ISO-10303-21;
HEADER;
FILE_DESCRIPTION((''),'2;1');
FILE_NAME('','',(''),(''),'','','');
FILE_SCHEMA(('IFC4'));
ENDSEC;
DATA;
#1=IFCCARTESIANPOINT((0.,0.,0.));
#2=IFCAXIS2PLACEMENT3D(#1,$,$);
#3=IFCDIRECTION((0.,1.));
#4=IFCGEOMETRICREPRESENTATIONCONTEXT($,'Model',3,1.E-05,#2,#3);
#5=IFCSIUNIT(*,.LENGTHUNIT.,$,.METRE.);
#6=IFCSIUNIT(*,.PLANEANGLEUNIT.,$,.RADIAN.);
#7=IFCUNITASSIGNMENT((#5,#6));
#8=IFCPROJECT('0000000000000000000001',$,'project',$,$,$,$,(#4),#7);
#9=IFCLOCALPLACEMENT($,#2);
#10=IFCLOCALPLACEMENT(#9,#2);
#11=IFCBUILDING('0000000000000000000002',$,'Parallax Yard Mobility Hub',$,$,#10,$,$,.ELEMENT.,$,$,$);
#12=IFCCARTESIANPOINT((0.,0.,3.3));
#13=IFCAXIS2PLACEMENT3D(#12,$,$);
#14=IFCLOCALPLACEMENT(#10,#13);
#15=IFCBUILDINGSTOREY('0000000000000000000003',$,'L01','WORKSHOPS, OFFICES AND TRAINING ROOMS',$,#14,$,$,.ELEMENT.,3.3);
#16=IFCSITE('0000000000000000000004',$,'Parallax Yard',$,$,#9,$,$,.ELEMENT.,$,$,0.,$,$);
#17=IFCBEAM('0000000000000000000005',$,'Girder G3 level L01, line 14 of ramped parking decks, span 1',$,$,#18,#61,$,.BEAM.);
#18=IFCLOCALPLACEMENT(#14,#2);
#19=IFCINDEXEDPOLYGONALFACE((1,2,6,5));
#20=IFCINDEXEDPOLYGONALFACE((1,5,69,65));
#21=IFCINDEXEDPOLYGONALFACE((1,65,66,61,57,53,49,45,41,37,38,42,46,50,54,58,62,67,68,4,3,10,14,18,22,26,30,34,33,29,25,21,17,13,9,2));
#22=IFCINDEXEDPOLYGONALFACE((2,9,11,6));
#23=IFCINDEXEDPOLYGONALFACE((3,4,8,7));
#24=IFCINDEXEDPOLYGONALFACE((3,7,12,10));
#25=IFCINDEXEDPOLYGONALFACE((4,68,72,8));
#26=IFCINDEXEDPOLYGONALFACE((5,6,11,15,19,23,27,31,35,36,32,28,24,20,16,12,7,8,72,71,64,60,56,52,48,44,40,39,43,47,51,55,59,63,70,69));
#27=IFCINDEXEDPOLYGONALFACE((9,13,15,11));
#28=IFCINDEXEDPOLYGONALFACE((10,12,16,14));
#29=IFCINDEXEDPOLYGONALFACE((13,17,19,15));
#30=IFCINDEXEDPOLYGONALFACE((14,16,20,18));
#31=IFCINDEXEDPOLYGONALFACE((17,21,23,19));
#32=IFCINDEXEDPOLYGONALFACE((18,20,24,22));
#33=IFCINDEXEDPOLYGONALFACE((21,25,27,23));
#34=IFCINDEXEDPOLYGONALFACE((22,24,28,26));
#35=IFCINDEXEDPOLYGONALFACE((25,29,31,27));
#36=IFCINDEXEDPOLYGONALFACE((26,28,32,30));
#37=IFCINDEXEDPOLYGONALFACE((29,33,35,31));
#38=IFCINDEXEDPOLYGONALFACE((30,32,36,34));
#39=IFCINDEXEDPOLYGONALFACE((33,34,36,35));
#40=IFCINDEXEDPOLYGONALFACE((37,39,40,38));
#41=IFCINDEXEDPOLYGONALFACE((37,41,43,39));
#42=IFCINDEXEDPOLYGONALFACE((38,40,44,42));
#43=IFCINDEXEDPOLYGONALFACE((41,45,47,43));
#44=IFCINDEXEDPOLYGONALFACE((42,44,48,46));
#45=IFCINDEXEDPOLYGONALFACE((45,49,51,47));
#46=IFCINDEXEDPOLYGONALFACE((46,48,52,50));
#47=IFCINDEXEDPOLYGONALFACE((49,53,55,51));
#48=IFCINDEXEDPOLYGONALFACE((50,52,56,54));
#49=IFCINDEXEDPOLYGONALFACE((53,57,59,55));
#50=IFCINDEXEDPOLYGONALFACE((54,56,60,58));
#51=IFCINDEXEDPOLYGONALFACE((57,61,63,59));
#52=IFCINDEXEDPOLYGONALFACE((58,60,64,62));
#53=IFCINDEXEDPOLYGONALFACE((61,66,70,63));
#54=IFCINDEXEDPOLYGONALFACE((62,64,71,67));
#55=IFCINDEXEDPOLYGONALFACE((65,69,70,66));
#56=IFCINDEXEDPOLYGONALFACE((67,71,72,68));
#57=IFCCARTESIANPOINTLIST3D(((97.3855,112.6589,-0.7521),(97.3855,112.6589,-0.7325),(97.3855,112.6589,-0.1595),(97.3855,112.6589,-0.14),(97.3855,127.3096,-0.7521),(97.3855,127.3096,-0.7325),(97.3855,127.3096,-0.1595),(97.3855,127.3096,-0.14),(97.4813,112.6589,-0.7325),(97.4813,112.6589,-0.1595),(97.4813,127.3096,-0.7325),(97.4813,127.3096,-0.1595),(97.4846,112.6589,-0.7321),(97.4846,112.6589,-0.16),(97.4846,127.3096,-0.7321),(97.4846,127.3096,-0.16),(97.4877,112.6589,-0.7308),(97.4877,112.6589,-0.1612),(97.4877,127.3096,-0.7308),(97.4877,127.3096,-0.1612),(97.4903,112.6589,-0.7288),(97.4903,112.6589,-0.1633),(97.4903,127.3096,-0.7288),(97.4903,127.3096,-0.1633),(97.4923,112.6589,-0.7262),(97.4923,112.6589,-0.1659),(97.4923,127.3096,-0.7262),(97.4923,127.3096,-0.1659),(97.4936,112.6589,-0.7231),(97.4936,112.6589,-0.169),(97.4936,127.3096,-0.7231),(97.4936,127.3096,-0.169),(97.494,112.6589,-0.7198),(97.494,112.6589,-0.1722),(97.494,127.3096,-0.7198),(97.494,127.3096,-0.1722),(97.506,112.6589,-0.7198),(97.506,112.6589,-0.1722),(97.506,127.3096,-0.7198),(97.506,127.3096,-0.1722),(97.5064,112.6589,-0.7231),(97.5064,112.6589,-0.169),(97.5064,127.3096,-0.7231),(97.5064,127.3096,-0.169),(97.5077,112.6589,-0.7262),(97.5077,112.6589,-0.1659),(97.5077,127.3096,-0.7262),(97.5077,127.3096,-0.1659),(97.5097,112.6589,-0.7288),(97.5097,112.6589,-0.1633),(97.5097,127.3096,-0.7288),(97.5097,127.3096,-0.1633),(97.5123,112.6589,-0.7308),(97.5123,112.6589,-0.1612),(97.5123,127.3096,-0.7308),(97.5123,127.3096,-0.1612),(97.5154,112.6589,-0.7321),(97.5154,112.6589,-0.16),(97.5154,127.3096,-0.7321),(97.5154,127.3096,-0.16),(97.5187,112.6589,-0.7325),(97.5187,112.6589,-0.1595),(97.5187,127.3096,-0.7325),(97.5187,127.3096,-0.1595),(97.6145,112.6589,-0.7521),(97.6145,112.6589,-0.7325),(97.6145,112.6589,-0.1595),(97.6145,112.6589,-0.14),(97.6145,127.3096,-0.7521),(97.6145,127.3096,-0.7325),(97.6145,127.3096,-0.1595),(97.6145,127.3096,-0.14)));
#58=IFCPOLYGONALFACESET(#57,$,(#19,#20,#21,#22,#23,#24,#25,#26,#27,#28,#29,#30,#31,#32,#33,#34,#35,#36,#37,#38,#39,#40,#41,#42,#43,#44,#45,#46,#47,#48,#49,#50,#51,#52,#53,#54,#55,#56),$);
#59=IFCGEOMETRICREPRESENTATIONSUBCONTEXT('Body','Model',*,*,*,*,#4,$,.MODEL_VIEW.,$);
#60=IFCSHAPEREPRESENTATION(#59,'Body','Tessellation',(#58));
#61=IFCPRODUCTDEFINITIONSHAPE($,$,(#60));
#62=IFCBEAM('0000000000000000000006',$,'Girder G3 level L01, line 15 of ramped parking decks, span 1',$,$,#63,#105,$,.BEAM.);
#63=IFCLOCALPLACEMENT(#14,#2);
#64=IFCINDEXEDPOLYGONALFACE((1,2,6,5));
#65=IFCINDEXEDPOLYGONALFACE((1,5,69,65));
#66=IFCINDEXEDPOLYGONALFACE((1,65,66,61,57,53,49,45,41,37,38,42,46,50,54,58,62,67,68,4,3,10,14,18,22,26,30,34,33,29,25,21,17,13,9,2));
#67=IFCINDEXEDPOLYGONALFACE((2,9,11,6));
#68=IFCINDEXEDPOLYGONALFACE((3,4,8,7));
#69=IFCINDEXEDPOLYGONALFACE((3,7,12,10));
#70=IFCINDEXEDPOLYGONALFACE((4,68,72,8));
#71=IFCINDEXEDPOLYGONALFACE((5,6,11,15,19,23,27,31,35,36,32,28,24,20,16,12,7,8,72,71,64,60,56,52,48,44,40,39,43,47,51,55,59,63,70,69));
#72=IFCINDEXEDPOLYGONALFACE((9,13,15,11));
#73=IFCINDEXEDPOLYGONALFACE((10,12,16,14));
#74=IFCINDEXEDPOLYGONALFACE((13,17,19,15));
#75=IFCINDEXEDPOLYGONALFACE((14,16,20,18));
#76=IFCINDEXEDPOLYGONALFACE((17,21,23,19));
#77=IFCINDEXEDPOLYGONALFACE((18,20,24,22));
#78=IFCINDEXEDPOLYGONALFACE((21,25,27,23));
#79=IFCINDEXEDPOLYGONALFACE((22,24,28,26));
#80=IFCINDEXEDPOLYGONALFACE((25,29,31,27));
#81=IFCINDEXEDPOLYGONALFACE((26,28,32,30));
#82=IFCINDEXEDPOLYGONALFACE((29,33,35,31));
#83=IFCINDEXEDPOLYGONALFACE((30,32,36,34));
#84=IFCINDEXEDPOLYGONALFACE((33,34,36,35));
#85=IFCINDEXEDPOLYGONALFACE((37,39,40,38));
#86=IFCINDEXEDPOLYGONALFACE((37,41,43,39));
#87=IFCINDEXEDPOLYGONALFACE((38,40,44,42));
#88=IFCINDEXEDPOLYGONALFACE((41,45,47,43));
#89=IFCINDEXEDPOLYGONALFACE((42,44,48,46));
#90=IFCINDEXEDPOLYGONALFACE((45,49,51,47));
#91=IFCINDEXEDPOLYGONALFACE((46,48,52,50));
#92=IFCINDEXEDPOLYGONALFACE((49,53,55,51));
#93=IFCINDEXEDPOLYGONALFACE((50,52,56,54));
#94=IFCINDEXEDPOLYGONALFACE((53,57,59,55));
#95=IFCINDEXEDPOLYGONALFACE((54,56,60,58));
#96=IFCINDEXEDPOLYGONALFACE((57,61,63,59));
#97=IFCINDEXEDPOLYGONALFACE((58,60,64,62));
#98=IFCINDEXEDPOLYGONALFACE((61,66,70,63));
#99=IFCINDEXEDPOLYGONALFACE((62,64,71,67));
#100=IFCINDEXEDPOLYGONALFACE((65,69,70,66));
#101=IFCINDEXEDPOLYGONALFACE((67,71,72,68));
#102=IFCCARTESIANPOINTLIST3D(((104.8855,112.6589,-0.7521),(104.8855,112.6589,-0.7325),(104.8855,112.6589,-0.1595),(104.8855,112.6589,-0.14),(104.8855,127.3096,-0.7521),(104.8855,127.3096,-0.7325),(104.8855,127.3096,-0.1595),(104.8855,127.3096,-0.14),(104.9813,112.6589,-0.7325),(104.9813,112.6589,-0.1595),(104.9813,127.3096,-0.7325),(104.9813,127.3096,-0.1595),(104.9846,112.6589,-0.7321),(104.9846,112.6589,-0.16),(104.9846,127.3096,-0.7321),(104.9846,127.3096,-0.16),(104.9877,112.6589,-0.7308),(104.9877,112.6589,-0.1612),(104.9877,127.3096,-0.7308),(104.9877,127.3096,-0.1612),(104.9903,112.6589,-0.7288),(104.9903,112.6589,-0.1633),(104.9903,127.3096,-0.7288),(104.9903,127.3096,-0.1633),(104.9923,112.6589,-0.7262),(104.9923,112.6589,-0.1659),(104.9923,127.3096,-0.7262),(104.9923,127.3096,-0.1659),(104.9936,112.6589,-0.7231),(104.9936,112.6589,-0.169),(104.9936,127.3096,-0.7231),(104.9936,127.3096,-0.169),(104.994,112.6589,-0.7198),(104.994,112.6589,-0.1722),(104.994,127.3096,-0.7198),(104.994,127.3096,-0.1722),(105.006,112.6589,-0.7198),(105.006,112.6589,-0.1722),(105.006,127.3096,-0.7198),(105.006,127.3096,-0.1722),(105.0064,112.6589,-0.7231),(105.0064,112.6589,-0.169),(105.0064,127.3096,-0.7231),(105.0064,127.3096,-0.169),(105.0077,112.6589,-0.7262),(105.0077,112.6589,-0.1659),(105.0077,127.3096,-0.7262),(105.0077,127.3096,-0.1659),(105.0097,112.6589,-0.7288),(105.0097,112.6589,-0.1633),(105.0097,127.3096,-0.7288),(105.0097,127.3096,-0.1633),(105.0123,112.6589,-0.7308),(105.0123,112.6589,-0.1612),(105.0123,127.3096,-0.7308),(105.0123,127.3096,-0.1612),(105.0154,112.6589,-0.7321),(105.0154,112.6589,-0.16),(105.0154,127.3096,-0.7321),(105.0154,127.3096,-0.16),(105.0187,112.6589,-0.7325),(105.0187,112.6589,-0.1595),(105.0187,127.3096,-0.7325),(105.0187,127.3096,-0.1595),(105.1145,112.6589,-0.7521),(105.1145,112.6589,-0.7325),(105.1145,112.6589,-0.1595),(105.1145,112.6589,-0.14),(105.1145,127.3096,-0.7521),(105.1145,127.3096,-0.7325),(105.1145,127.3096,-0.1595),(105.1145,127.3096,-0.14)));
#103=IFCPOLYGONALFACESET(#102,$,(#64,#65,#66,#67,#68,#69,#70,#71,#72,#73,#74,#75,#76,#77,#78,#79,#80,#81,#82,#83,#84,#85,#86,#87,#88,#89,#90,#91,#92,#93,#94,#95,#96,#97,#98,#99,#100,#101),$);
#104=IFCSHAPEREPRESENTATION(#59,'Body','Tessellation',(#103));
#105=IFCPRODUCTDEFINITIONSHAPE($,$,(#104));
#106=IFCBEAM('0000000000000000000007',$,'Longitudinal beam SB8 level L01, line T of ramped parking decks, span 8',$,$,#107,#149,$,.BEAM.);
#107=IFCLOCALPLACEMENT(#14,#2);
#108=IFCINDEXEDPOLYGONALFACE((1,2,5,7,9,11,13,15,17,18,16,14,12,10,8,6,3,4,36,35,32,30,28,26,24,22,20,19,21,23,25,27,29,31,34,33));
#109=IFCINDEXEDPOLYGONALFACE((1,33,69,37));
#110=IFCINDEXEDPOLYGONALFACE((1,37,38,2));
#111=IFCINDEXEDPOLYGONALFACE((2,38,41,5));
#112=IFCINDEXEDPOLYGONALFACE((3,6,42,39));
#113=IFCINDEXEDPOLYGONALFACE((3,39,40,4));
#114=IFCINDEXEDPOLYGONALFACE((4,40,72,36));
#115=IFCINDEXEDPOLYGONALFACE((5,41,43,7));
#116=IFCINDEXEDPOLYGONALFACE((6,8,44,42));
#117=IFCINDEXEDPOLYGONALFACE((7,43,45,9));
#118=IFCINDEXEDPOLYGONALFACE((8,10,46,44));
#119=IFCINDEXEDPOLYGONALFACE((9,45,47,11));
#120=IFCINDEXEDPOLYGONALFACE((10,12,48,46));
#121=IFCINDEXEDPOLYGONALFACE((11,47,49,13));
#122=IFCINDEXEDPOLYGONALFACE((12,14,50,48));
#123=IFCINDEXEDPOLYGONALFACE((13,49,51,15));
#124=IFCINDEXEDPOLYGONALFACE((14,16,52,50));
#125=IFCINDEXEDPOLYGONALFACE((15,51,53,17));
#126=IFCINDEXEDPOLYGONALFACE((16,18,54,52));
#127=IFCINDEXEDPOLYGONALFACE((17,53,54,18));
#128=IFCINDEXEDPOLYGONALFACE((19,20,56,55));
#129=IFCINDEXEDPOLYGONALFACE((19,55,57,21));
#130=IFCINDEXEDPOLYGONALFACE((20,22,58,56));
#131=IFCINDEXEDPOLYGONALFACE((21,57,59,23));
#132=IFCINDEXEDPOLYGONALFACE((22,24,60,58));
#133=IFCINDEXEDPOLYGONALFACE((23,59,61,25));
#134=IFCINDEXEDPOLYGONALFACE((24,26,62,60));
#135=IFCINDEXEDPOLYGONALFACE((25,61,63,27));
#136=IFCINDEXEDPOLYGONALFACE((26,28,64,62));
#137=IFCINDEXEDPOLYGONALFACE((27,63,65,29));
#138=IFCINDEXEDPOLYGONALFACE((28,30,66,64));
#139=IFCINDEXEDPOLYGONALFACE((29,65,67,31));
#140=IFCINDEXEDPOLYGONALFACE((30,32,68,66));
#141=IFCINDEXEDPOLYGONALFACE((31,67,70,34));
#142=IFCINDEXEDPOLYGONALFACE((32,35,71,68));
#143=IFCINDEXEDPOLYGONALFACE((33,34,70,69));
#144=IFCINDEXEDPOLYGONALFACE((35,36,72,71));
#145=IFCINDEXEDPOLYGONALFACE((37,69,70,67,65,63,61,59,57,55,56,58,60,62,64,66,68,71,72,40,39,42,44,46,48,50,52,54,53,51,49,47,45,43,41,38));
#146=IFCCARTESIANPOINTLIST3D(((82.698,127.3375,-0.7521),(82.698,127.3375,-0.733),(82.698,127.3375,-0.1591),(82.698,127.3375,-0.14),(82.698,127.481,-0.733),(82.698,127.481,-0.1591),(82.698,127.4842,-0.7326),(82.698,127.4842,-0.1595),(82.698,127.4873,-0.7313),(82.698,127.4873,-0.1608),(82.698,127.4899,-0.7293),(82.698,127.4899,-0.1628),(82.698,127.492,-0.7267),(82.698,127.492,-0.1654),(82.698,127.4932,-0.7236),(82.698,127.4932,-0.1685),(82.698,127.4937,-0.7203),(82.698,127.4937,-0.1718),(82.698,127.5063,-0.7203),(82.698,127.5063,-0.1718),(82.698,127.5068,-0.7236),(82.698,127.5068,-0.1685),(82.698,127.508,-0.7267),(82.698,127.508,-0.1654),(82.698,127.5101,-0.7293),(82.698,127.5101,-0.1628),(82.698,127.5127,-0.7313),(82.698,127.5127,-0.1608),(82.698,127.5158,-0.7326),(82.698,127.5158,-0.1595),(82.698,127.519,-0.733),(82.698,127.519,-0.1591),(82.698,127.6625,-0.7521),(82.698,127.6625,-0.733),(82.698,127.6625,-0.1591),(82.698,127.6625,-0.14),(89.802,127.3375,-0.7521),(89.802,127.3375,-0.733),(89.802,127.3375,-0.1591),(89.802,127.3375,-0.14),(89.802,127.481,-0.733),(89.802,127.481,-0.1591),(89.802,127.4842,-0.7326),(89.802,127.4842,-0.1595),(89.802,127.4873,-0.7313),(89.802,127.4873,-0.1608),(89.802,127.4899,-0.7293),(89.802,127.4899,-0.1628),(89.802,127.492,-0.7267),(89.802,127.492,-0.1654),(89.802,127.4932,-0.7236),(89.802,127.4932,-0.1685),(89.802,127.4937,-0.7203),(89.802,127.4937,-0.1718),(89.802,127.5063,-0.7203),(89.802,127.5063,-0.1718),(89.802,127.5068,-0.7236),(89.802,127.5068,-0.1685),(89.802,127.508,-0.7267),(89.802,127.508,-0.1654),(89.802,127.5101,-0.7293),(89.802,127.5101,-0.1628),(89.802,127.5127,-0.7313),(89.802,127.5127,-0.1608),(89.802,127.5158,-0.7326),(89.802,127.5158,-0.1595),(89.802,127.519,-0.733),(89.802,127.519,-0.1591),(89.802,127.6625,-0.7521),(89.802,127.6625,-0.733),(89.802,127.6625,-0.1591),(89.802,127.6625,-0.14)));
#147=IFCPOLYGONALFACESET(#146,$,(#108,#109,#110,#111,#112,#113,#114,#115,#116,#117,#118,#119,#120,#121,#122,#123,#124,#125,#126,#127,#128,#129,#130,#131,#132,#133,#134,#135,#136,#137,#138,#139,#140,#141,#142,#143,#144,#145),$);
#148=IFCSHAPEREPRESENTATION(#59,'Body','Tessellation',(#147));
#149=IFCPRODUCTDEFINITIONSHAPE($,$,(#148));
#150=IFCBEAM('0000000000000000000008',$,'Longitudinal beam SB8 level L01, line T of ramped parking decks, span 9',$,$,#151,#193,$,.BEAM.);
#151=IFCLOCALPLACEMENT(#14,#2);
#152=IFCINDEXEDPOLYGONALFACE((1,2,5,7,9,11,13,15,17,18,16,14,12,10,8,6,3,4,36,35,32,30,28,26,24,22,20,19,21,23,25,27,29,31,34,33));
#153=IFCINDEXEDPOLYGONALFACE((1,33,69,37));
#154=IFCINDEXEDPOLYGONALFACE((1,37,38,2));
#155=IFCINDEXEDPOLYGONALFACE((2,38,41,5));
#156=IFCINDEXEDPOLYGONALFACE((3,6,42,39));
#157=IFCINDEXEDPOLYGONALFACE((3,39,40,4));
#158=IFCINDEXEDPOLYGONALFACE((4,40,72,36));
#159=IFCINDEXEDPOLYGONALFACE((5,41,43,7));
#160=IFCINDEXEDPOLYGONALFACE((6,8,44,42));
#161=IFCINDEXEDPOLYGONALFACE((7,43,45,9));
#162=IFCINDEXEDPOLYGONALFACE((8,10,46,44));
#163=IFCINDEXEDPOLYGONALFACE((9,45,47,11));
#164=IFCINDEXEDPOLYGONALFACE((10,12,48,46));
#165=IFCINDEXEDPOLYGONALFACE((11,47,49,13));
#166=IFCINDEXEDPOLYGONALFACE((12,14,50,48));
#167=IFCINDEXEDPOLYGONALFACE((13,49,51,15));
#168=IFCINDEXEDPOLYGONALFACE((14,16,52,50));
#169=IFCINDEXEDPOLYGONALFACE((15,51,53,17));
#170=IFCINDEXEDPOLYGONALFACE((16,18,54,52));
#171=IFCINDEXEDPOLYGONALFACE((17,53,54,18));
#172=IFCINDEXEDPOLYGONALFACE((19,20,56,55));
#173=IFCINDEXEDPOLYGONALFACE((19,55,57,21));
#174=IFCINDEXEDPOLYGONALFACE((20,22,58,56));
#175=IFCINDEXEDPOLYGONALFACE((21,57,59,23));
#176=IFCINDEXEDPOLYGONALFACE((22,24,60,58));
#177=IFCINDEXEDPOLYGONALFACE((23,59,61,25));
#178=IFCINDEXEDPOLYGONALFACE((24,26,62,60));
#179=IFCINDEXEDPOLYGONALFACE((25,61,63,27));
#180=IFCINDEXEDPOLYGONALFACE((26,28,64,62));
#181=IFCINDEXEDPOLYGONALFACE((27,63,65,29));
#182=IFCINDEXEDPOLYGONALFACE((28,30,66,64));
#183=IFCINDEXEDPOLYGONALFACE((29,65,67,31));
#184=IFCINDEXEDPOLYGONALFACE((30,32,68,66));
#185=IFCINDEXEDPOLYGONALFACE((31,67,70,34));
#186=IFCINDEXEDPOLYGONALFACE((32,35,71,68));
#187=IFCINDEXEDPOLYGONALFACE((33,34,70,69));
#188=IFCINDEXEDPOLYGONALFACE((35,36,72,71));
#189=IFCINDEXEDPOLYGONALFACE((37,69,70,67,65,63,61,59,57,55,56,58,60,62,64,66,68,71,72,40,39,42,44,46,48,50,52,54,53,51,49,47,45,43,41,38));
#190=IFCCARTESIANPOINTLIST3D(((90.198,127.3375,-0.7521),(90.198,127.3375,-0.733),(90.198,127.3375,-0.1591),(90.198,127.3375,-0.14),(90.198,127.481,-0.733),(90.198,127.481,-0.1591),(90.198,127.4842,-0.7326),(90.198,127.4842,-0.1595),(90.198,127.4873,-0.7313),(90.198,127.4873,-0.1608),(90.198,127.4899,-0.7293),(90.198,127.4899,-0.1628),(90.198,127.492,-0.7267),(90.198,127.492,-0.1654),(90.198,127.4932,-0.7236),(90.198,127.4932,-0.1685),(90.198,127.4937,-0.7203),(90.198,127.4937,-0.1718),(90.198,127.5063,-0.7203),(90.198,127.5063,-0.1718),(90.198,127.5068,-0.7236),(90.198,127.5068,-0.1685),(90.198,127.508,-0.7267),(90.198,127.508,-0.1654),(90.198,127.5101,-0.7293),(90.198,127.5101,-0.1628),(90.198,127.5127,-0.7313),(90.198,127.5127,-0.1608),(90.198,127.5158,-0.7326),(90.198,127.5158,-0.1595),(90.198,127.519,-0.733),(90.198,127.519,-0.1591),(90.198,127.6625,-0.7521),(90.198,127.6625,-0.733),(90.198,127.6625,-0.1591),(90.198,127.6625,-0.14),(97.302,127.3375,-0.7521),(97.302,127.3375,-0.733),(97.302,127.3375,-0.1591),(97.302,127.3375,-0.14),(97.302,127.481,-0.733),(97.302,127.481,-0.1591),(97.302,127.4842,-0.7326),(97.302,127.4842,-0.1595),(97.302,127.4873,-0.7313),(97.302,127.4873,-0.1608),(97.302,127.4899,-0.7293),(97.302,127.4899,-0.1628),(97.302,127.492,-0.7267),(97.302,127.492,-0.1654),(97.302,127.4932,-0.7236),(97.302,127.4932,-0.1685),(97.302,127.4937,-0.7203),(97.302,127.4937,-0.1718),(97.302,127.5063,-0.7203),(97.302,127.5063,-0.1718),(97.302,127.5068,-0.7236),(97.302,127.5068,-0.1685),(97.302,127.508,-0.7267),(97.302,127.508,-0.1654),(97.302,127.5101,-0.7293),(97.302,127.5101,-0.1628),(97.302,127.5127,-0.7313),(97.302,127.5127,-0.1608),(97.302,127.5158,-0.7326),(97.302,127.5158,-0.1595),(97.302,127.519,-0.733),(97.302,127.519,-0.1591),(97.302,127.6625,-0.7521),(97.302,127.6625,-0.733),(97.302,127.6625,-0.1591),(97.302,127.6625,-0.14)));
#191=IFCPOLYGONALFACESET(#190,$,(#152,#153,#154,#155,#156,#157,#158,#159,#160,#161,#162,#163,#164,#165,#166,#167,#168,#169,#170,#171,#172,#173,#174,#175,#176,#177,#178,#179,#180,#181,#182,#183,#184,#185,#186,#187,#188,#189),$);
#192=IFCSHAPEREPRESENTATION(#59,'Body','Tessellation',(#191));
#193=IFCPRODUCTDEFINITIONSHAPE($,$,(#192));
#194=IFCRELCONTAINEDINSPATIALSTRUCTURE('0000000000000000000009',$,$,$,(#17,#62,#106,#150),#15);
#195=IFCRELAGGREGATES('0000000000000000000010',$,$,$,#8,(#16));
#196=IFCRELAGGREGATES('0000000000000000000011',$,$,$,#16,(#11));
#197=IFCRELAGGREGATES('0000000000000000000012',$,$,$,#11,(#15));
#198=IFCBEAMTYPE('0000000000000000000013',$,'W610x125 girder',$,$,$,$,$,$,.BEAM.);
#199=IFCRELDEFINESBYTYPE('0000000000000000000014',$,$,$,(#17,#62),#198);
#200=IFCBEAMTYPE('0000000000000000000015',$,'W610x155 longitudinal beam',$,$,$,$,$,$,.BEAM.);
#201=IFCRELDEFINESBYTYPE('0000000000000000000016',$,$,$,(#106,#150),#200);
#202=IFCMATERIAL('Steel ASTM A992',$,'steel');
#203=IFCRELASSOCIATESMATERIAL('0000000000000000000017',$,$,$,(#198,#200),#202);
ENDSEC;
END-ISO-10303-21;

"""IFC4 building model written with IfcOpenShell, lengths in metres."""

from ifc_helpers import new_model, si_unit, direction, frame, origin, origin_2d, place, context, subcontext, project, spatial, i_section, extrude, material, material_profile, profile_set, type_object, element, save


model = new_model("IFC4")

# Units and contexts
model_context = context("Model", 3, precision=1e-05, world=origin(), true_north=direction((0.0, 1.0)))
body_context = subcontext(model_context, "Body", "Model", "MODEL_VIEW")
ifc_project = project(units=[si_unit("LENGTHUNIT", "METRE"), si_unit("PLANEANGLEUNIT", "RADIAN")], contexts=[model_context])

# Site, building, storey
site_placement = place(None, origin())
site = spatial("IfcSite", under=ifc_project, at=site_placement, Name="Parallax Yard", CompositionType="ELEMENT", RefElevation=0.0)
building_placement = place(site_placement, origin())
building = spatial("IfcBuilding", under=site, at=building_placement, Name="Parallax Yard Mobility Hub", CompositionType="ELEMENT")
storey_placement = place(building_placement, frame((0.0, 0.0, 3.3)))
storey = spatial("IfcBuildingStorey", under=building, at=storey_placement, Name="L01", Description="WORKSHOPS, OFFICES AND TRAINING ROOMS", CompositionType="ELEMENT", Elevation=3.3)

# Shared definitions
ifc_material_1 = material(Name="Steel ASTM A992", Category="steel")

# Beams
ifc_material_profile_1 = material_profile(ifc_material_1, i_section(OverallWidth=0.229, OverallDepth=0.6121, WebThickness=0.012, FlangeThickness=0.0195, FilletRadius=0.0127, at=origin_2d()), Name="W610x125")
ifc_profile_set_1 = profile_set([ifc_material_profile_1], Name="Steel ASTM A992")
beam_type_1 = type_object("IfcBeamType", Name="W610x125 girder", PredefinedType="BEAM", material=ifc_profile_set_1)
for number, where, z_axis, x_axis, name in (
    (1, (97.5, 112.6589, -0.446), (0.0, 1.0, 0.0), (-1.0, 0.0, 0.0), "Girder G3 level L01, line 14 of ramped parking decks, span 1"),
    (2, (105.0, 112.6589, -0.446), (0.0, 1.0, 0.0), (-1.0, 0.0, 0.0), "Girder G3 level L01, line 15 of ramped parking decks, span 1"),
):
    element("IfcBeam", number, at=place(storey_placement, frame(where, z_axis=z_axis, x_axis=x_axis)), inside=storey, type_object=beam_type_1, Name=name, PredefinedType="BEAM", context=body_context, shape_type="SweptSolid", body=[
        extrude(i_section(OverallWidth=0.229, OverallDepth=0.6121, WebThickness=0.012, FlangeThickness=0.0195, FilletRadius=0.0127, at=origin_2d()), origin(), (0.0, 0.0, 1.0), 14.6506),
    ])
ifc_material_profile_2 = material_profile(ifc_material_1, i_section(OverallWidth=0.325, OverallDepth=0.6121, WebThickness=0.0127, FlangeThickness=0.019, FilletRadius=0.0127, at=origin_2d()), Name="W610x155")
ifc_profile_set_2 = profile_set([ifc_material_profile_2], Name="Steel ASTM A992")
beam_type_2 = type_object("IfcBeamType", Name="W610x155 longitudinal beam", PredefinedType="BEAM", material=ifc_profile_set_2)
for number, where, z_axis, x_axis, name in (
    (3, (82.698, 127.5, -0.446), (1.0, 0.0, 0.0), (0.0, 1.0, 0.0), "Longitudinal beam SB8 level L01, line T of ramped parking decks, span 8"),
    (4, (90.198, 127.5, -0.446), (1.0, 0.0, 0.0), (0.0, 1.0, 0.0), "Longitudinal beam SB8 level L01, line T of ramped parking decks, span 9"),
):
    element("IfcBeam", number, at=place(storey_placement, frame(where, z_axis=z_axis, x_axis=x_axis)), inside=storey, type_object=beam_type_2, Name=name, PredefinedType="BEAM", context=body_context, shape_type="SweptSolid", body=[
        extrude(i_section(OverallWidth=0.325, OverallDepth=0.6121, WebThickness=0.0127, FlangeThickness=0.019, FilletRadius=0.0127, at=origin_2d()), origin(), (0.0, 0.0, 1.0), 7.104),
    ])

save(model, "model.ifc")
